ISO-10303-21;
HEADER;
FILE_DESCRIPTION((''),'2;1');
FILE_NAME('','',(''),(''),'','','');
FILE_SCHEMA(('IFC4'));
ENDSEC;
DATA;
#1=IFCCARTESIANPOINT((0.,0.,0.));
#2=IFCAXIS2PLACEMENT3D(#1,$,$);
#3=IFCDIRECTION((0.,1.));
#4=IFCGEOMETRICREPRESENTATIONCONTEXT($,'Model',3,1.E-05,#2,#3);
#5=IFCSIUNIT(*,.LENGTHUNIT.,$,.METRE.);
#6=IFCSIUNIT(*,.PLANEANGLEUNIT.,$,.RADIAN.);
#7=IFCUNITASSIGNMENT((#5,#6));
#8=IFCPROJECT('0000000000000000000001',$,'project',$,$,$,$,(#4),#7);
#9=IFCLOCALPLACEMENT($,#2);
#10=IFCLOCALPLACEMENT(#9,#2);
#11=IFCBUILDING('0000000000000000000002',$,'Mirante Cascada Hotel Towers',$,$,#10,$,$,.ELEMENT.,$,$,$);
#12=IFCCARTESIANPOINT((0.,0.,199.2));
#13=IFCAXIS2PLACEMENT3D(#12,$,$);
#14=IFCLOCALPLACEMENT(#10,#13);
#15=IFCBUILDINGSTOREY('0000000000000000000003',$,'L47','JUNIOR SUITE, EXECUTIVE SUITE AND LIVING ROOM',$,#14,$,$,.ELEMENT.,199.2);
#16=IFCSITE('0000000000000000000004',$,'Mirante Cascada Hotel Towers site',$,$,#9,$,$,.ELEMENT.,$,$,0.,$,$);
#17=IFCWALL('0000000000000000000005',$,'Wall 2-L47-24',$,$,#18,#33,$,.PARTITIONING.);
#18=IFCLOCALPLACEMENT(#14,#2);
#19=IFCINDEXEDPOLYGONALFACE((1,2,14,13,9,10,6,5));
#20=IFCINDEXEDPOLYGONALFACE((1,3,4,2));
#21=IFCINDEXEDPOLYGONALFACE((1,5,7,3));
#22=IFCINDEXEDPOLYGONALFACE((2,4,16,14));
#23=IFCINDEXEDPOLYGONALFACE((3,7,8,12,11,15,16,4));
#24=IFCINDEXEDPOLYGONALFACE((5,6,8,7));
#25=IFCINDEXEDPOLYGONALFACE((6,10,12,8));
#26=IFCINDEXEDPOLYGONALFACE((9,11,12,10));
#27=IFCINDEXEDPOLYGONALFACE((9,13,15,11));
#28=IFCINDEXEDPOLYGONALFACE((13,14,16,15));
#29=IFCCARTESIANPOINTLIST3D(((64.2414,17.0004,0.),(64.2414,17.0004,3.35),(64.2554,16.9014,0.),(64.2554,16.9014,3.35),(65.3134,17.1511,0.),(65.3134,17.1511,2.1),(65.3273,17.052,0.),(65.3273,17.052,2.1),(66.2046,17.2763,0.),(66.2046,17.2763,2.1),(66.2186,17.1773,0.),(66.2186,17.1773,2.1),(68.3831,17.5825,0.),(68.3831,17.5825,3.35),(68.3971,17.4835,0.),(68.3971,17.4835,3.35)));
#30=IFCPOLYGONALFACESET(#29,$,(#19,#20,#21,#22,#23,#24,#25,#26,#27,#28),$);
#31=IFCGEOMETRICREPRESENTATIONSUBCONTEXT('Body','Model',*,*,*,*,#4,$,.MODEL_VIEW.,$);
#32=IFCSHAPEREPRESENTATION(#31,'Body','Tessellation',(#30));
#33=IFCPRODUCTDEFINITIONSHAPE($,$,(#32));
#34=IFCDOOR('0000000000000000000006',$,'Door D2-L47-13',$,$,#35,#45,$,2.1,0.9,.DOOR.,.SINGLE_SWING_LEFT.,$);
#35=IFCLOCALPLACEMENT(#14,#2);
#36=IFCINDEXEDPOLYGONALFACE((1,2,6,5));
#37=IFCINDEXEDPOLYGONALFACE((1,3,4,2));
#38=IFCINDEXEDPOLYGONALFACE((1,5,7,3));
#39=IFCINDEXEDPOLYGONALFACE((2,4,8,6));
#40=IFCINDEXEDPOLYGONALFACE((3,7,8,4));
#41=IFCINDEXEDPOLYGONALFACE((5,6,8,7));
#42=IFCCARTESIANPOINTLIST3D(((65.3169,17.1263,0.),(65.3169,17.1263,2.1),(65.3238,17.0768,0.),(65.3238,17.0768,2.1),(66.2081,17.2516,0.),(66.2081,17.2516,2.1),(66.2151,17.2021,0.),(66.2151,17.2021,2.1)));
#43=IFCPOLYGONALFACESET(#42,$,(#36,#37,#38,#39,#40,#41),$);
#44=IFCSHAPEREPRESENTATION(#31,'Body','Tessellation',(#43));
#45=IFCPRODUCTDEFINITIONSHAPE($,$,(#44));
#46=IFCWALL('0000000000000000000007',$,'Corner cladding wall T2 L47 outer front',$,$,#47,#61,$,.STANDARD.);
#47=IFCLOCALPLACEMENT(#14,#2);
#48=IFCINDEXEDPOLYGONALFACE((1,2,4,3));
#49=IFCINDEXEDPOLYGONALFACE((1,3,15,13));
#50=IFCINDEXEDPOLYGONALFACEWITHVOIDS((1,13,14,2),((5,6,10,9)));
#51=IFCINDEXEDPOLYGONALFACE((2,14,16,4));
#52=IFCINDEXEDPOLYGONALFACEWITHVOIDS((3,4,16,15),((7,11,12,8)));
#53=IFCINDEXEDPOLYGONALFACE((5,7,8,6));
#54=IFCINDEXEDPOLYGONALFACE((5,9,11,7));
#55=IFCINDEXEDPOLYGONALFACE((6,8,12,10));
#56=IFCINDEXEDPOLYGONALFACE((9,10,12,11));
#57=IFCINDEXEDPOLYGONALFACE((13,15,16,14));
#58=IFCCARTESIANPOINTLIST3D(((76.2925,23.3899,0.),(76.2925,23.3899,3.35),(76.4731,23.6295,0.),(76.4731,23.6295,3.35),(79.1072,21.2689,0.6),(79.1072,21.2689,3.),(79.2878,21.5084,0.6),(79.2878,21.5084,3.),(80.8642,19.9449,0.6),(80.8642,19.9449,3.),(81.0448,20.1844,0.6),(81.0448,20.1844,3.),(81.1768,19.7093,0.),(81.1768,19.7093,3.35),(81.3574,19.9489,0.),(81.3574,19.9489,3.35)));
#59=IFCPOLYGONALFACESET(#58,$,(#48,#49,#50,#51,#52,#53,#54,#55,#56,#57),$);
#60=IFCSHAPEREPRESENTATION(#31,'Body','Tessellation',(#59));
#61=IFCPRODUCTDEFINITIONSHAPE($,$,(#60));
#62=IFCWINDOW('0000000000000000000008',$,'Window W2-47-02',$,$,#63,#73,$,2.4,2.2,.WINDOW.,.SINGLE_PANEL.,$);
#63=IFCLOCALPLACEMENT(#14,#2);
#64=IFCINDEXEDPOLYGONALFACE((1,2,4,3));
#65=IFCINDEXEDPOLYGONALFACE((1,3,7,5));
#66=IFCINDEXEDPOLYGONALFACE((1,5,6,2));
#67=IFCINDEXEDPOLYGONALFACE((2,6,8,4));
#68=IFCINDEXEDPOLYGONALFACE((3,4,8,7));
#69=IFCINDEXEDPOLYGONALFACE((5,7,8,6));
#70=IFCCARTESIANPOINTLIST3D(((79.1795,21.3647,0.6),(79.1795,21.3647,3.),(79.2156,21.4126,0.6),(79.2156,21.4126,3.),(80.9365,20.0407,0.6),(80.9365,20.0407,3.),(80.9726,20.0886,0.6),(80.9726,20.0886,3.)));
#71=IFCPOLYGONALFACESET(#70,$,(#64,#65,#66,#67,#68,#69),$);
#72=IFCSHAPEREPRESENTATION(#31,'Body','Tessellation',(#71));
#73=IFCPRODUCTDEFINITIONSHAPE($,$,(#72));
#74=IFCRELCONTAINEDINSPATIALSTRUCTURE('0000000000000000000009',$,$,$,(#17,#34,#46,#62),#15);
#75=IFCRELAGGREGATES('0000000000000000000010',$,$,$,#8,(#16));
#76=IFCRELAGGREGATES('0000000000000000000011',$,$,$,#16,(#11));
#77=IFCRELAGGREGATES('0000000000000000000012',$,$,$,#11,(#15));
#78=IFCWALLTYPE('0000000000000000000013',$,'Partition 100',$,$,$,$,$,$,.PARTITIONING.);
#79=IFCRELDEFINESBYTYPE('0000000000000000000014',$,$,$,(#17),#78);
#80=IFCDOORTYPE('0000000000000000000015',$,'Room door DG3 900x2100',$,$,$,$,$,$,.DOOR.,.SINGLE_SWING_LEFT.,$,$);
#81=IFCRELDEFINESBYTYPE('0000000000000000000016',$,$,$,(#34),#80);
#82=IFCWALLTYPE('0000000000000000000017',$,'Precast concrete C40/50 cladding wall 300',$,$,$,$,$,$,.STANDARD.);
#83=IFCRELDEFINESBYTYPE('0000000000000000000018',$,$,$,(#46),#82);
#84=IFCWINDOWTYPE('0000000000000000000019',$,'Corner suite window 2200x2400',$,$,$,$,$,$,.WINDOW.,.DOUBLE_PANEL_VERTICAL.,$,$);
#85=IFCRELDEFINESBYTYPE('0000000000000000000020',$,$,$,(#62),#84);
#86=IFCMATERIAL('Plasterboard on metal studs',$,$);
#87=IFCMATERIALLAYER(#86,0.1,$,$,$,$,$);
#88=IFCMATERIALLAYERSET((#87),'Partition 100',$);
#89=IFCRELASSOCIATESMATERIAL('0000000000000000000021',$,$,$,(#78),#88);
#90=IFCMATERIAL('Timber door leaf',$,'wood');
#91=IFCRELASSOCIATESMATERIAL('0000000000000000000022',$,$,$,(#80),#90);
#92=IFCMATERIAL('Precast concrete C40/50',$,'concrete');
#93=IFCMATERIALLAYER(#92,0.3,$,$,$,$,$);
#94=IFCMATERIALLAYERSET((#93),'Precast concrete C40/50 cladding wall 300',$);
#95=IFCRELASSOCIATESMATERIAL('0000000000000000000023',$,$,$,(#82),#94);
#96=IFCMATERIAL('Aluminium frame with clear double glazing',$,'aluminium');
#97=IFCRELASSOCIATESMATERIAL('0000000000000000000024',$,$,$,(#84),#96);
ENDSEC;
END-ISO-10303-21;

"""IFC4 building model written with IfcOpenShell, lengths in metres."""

from ifc_helpers import new_model, si_unit, direction, frame, frame_2d, origin, place, context, subcontext, project, spatial, rectangle, extrude, material, layer, layer_set, type_object, element, fill, save


model = new_model("IFC4")

# Units and contexts
model_context = context("Model", 3, precision=1e-05, world=origin(), true_north=direction((0.0, 1.0)))
body_context = subcontext(model_context, "Body", "Model", "MODEL_VIEW")
ifc_project = project(units=[si_unit("LENGTHUNIT", "METRE"), si_unit("PLANEANGLEUNIT", "RADIAN")], contexts=[model_context])

# Site, building, storey
site_placement = place(None, origin())
site = spatial("IfcSite", under=ifc_project, at=site_placement, Name="Mirante Cascada Hotel Towers site", CompositionType="ELEMENT", RefElevation=0.0)
building_placement = place(site_placement, origin())
building = spatial("IfcBuilding", under=site, at=building_placement, Name="Mirante Cascada Hotel Towers", CompositionType="ELEMENT")
storey_placement = place(building_placement, frame((0.0, 0.0, 199.2)))
storey = spatial("IfcBuildingStorey", under=building, at=storey_placement, Name="L47", Description="JUNIOR SUITE, EXECUTIVE SUITE AND LIVING ROOM", CompositionType="ELEMENT", Elevation=199.2)

# Shared definitions
ifc_material_1 = material(Name="Plasterboard on metal studs")
ifc_layer_1 = layer(ifc_material_1, 0.1)
ifc_layer_set_1 = layer_set([ifc_layer_1], Name="Partition 100")
wall_type_1 = type_object("IfcWallType", Name="Partition 100", PredefinedType="PARTITIONING", material=ifc_layer_set_1)

# Wall, opening, door
wall_1_placement = place(storey_placement, frame((64.2484, 16.9509, 0.0), z_axis=(0.0, 0.0, 1.0), x_axis=(0.990267, 0.139178, 0.0)))
wall_1 = element("IfcWall", 1, at=wall_1_placement, inside=storey, type_object=wall_type_1, Name="Wall 2-L47-24", PredefinedType="PARTITIONING", context=body_context, shape_type="SweptSolid", body=[
    extrude(rectangle(XDim=4.1824, YDim=0.1, at=frame_2d((2.0912, 0.0))), origin(), (0.0, 0.0, 1.0), 3.35),
])
opening_1_placement = place(wall_1_placement, frame((1.0825, 0.0, 0.0)))
opening_1 = element("IfcOpeningElement", 2, at=opening_1_placement, cuts=wall_1, PredefinedType="OPENING", context=body_context, shape_type="SweptSolid", body=[
    extrude(rectangle(XDim=0.9, YDim=2.1, at=frame_2d((0.45, 1.05))), frame((0.0, 0.05, 0.0), z_axis=(0.0, -1.0, 0.0), x_axis=(1.0, 0.0, 0.0)), (0.0, 0.0, 1.0), 0.1),
])
ifc_material_2 = material(Name="Timber door leaf", Category="wood")
door_type_1 = type_object("IfcDoorType", Name="Room door DG3 900x2100", OperationType="SINGLE_SWING_LEFT", PredefinedType="DOOR", material=ifc_material_2)
door_1_placement = place(opening_1_placement, origin())
door_1 = element("IfcDoor", 3, at=door_1_placement, inside=storey, type_object=door_type_1, Name="Door D2-L47-13", OperationType="SINGLE_SWING_LEFT", OverallHeight=2.1, OverallWidth=0.9, PredefinedType="DOOR", context=body_context, shape_type="SweptSolid", body=[
    extrude(rectangle(XDim=0.9, YDim=2.1, at=frame_2d((0.45, 1.05))), frame((0.0, 0.025, 0.0), z_axis=(0.0, -1.0, 0.0), x_axis=(1.0, 0.0, 0.0)), (0.0, 0.0, 1.0), 0.05),
])
fill(opening_1, door_1)

# Wall, opening, window
ifc_material_3 = material(Name="Precast concrete C40/50", Category="concrete")
ifc_layer_2 = layer(ifc_material_3, 0.3)
ifc_layer_set_2 = layer_set([ifc_layer_2], Name="Precast concrete C40/50 cladding wall 300")
wall_type_2 = type_object("IfcWallType", Name="Precast concrete C40/50 cladding wall 300", PredefinedType="STANDARD", material=ifc_layer_set_2)
wall_2_placement = place(storey_placement, frame((81.2671, 19.8291, 0.0), z_axis=(0.0, 0.0, 1.0), x_axis=(-0.798634, 0.601817, 0.0)))
wall_2 = element("IfcWall", 4, at=wall_2_placement, inside=storey, type_object=wall_type_2, Name="Corner cladding wall T2 L47 outer front", PredefinedType="STANDARD", context=body_context, shape_type="SweptSolid", body=[
    extrude(rectangle(XDim=6.1158, YDim=0.3, at=frame_2d((3.0579, 0.0))), origin(), (0.0, 0.0, 1.0), 3.35),
])
opening_2_placement = place(wall_2_placement, frame((0.3914, 0.0, 0.6)))
opening_2 = element("IfcOpeningElement", 5, at=opening_2_placement, cuts=wall_2, PredefinedType="OPENING", context=body_context, shape_type="SweptSolid", body=[
    extrude(rectangle(XDim=2.2, YDim=2.4, at=frame_2d((1.1, 1.2))), frame((0.0, 0.15, 0.0), z_axis=(0.0, -1.0, 0.0), x_axis=(1.0, 0.0, 0.0)), (0.0, 0.0, 1.0), 0.3),
])
ifc_material_4 = material(Name="Aluminium frame with clear double glazing", Category="aluminium")
window_type = type_object("IfcWindowType", Name="Corner suite window 2200x2400", PartitioningType="DOUBLE_PANEL_VERTICAL", PredefinedType="WINDOW", material=ifc_material_4)
window_placement = place(opening_2_placement, origin())
window = element("IfcWindow", 6, at=window_placement, inside=storey, type_object=window_type, Name="Window W2-47-02", OverallHeight=2.4, OverallWidth=2.2, PartitioningType="SINGLE_PANEL", PredefinedType="WINDOW", context=body_context, shape_type="SweptSolid", body=[
    extrude(rectangle(XDim=2.2, YDim=2.4, at=frame_2d((1.1, 1.2))), frame((0.0, 0.03, 0.0), z_axis=(0.0, -1.0, 0.0), x_axis=(1.0, 0.0, 0.0)), (0.0, 0.0, 1.0), 0.06),
])
fill(opening_2, window)

save(model, "model.ifc")
